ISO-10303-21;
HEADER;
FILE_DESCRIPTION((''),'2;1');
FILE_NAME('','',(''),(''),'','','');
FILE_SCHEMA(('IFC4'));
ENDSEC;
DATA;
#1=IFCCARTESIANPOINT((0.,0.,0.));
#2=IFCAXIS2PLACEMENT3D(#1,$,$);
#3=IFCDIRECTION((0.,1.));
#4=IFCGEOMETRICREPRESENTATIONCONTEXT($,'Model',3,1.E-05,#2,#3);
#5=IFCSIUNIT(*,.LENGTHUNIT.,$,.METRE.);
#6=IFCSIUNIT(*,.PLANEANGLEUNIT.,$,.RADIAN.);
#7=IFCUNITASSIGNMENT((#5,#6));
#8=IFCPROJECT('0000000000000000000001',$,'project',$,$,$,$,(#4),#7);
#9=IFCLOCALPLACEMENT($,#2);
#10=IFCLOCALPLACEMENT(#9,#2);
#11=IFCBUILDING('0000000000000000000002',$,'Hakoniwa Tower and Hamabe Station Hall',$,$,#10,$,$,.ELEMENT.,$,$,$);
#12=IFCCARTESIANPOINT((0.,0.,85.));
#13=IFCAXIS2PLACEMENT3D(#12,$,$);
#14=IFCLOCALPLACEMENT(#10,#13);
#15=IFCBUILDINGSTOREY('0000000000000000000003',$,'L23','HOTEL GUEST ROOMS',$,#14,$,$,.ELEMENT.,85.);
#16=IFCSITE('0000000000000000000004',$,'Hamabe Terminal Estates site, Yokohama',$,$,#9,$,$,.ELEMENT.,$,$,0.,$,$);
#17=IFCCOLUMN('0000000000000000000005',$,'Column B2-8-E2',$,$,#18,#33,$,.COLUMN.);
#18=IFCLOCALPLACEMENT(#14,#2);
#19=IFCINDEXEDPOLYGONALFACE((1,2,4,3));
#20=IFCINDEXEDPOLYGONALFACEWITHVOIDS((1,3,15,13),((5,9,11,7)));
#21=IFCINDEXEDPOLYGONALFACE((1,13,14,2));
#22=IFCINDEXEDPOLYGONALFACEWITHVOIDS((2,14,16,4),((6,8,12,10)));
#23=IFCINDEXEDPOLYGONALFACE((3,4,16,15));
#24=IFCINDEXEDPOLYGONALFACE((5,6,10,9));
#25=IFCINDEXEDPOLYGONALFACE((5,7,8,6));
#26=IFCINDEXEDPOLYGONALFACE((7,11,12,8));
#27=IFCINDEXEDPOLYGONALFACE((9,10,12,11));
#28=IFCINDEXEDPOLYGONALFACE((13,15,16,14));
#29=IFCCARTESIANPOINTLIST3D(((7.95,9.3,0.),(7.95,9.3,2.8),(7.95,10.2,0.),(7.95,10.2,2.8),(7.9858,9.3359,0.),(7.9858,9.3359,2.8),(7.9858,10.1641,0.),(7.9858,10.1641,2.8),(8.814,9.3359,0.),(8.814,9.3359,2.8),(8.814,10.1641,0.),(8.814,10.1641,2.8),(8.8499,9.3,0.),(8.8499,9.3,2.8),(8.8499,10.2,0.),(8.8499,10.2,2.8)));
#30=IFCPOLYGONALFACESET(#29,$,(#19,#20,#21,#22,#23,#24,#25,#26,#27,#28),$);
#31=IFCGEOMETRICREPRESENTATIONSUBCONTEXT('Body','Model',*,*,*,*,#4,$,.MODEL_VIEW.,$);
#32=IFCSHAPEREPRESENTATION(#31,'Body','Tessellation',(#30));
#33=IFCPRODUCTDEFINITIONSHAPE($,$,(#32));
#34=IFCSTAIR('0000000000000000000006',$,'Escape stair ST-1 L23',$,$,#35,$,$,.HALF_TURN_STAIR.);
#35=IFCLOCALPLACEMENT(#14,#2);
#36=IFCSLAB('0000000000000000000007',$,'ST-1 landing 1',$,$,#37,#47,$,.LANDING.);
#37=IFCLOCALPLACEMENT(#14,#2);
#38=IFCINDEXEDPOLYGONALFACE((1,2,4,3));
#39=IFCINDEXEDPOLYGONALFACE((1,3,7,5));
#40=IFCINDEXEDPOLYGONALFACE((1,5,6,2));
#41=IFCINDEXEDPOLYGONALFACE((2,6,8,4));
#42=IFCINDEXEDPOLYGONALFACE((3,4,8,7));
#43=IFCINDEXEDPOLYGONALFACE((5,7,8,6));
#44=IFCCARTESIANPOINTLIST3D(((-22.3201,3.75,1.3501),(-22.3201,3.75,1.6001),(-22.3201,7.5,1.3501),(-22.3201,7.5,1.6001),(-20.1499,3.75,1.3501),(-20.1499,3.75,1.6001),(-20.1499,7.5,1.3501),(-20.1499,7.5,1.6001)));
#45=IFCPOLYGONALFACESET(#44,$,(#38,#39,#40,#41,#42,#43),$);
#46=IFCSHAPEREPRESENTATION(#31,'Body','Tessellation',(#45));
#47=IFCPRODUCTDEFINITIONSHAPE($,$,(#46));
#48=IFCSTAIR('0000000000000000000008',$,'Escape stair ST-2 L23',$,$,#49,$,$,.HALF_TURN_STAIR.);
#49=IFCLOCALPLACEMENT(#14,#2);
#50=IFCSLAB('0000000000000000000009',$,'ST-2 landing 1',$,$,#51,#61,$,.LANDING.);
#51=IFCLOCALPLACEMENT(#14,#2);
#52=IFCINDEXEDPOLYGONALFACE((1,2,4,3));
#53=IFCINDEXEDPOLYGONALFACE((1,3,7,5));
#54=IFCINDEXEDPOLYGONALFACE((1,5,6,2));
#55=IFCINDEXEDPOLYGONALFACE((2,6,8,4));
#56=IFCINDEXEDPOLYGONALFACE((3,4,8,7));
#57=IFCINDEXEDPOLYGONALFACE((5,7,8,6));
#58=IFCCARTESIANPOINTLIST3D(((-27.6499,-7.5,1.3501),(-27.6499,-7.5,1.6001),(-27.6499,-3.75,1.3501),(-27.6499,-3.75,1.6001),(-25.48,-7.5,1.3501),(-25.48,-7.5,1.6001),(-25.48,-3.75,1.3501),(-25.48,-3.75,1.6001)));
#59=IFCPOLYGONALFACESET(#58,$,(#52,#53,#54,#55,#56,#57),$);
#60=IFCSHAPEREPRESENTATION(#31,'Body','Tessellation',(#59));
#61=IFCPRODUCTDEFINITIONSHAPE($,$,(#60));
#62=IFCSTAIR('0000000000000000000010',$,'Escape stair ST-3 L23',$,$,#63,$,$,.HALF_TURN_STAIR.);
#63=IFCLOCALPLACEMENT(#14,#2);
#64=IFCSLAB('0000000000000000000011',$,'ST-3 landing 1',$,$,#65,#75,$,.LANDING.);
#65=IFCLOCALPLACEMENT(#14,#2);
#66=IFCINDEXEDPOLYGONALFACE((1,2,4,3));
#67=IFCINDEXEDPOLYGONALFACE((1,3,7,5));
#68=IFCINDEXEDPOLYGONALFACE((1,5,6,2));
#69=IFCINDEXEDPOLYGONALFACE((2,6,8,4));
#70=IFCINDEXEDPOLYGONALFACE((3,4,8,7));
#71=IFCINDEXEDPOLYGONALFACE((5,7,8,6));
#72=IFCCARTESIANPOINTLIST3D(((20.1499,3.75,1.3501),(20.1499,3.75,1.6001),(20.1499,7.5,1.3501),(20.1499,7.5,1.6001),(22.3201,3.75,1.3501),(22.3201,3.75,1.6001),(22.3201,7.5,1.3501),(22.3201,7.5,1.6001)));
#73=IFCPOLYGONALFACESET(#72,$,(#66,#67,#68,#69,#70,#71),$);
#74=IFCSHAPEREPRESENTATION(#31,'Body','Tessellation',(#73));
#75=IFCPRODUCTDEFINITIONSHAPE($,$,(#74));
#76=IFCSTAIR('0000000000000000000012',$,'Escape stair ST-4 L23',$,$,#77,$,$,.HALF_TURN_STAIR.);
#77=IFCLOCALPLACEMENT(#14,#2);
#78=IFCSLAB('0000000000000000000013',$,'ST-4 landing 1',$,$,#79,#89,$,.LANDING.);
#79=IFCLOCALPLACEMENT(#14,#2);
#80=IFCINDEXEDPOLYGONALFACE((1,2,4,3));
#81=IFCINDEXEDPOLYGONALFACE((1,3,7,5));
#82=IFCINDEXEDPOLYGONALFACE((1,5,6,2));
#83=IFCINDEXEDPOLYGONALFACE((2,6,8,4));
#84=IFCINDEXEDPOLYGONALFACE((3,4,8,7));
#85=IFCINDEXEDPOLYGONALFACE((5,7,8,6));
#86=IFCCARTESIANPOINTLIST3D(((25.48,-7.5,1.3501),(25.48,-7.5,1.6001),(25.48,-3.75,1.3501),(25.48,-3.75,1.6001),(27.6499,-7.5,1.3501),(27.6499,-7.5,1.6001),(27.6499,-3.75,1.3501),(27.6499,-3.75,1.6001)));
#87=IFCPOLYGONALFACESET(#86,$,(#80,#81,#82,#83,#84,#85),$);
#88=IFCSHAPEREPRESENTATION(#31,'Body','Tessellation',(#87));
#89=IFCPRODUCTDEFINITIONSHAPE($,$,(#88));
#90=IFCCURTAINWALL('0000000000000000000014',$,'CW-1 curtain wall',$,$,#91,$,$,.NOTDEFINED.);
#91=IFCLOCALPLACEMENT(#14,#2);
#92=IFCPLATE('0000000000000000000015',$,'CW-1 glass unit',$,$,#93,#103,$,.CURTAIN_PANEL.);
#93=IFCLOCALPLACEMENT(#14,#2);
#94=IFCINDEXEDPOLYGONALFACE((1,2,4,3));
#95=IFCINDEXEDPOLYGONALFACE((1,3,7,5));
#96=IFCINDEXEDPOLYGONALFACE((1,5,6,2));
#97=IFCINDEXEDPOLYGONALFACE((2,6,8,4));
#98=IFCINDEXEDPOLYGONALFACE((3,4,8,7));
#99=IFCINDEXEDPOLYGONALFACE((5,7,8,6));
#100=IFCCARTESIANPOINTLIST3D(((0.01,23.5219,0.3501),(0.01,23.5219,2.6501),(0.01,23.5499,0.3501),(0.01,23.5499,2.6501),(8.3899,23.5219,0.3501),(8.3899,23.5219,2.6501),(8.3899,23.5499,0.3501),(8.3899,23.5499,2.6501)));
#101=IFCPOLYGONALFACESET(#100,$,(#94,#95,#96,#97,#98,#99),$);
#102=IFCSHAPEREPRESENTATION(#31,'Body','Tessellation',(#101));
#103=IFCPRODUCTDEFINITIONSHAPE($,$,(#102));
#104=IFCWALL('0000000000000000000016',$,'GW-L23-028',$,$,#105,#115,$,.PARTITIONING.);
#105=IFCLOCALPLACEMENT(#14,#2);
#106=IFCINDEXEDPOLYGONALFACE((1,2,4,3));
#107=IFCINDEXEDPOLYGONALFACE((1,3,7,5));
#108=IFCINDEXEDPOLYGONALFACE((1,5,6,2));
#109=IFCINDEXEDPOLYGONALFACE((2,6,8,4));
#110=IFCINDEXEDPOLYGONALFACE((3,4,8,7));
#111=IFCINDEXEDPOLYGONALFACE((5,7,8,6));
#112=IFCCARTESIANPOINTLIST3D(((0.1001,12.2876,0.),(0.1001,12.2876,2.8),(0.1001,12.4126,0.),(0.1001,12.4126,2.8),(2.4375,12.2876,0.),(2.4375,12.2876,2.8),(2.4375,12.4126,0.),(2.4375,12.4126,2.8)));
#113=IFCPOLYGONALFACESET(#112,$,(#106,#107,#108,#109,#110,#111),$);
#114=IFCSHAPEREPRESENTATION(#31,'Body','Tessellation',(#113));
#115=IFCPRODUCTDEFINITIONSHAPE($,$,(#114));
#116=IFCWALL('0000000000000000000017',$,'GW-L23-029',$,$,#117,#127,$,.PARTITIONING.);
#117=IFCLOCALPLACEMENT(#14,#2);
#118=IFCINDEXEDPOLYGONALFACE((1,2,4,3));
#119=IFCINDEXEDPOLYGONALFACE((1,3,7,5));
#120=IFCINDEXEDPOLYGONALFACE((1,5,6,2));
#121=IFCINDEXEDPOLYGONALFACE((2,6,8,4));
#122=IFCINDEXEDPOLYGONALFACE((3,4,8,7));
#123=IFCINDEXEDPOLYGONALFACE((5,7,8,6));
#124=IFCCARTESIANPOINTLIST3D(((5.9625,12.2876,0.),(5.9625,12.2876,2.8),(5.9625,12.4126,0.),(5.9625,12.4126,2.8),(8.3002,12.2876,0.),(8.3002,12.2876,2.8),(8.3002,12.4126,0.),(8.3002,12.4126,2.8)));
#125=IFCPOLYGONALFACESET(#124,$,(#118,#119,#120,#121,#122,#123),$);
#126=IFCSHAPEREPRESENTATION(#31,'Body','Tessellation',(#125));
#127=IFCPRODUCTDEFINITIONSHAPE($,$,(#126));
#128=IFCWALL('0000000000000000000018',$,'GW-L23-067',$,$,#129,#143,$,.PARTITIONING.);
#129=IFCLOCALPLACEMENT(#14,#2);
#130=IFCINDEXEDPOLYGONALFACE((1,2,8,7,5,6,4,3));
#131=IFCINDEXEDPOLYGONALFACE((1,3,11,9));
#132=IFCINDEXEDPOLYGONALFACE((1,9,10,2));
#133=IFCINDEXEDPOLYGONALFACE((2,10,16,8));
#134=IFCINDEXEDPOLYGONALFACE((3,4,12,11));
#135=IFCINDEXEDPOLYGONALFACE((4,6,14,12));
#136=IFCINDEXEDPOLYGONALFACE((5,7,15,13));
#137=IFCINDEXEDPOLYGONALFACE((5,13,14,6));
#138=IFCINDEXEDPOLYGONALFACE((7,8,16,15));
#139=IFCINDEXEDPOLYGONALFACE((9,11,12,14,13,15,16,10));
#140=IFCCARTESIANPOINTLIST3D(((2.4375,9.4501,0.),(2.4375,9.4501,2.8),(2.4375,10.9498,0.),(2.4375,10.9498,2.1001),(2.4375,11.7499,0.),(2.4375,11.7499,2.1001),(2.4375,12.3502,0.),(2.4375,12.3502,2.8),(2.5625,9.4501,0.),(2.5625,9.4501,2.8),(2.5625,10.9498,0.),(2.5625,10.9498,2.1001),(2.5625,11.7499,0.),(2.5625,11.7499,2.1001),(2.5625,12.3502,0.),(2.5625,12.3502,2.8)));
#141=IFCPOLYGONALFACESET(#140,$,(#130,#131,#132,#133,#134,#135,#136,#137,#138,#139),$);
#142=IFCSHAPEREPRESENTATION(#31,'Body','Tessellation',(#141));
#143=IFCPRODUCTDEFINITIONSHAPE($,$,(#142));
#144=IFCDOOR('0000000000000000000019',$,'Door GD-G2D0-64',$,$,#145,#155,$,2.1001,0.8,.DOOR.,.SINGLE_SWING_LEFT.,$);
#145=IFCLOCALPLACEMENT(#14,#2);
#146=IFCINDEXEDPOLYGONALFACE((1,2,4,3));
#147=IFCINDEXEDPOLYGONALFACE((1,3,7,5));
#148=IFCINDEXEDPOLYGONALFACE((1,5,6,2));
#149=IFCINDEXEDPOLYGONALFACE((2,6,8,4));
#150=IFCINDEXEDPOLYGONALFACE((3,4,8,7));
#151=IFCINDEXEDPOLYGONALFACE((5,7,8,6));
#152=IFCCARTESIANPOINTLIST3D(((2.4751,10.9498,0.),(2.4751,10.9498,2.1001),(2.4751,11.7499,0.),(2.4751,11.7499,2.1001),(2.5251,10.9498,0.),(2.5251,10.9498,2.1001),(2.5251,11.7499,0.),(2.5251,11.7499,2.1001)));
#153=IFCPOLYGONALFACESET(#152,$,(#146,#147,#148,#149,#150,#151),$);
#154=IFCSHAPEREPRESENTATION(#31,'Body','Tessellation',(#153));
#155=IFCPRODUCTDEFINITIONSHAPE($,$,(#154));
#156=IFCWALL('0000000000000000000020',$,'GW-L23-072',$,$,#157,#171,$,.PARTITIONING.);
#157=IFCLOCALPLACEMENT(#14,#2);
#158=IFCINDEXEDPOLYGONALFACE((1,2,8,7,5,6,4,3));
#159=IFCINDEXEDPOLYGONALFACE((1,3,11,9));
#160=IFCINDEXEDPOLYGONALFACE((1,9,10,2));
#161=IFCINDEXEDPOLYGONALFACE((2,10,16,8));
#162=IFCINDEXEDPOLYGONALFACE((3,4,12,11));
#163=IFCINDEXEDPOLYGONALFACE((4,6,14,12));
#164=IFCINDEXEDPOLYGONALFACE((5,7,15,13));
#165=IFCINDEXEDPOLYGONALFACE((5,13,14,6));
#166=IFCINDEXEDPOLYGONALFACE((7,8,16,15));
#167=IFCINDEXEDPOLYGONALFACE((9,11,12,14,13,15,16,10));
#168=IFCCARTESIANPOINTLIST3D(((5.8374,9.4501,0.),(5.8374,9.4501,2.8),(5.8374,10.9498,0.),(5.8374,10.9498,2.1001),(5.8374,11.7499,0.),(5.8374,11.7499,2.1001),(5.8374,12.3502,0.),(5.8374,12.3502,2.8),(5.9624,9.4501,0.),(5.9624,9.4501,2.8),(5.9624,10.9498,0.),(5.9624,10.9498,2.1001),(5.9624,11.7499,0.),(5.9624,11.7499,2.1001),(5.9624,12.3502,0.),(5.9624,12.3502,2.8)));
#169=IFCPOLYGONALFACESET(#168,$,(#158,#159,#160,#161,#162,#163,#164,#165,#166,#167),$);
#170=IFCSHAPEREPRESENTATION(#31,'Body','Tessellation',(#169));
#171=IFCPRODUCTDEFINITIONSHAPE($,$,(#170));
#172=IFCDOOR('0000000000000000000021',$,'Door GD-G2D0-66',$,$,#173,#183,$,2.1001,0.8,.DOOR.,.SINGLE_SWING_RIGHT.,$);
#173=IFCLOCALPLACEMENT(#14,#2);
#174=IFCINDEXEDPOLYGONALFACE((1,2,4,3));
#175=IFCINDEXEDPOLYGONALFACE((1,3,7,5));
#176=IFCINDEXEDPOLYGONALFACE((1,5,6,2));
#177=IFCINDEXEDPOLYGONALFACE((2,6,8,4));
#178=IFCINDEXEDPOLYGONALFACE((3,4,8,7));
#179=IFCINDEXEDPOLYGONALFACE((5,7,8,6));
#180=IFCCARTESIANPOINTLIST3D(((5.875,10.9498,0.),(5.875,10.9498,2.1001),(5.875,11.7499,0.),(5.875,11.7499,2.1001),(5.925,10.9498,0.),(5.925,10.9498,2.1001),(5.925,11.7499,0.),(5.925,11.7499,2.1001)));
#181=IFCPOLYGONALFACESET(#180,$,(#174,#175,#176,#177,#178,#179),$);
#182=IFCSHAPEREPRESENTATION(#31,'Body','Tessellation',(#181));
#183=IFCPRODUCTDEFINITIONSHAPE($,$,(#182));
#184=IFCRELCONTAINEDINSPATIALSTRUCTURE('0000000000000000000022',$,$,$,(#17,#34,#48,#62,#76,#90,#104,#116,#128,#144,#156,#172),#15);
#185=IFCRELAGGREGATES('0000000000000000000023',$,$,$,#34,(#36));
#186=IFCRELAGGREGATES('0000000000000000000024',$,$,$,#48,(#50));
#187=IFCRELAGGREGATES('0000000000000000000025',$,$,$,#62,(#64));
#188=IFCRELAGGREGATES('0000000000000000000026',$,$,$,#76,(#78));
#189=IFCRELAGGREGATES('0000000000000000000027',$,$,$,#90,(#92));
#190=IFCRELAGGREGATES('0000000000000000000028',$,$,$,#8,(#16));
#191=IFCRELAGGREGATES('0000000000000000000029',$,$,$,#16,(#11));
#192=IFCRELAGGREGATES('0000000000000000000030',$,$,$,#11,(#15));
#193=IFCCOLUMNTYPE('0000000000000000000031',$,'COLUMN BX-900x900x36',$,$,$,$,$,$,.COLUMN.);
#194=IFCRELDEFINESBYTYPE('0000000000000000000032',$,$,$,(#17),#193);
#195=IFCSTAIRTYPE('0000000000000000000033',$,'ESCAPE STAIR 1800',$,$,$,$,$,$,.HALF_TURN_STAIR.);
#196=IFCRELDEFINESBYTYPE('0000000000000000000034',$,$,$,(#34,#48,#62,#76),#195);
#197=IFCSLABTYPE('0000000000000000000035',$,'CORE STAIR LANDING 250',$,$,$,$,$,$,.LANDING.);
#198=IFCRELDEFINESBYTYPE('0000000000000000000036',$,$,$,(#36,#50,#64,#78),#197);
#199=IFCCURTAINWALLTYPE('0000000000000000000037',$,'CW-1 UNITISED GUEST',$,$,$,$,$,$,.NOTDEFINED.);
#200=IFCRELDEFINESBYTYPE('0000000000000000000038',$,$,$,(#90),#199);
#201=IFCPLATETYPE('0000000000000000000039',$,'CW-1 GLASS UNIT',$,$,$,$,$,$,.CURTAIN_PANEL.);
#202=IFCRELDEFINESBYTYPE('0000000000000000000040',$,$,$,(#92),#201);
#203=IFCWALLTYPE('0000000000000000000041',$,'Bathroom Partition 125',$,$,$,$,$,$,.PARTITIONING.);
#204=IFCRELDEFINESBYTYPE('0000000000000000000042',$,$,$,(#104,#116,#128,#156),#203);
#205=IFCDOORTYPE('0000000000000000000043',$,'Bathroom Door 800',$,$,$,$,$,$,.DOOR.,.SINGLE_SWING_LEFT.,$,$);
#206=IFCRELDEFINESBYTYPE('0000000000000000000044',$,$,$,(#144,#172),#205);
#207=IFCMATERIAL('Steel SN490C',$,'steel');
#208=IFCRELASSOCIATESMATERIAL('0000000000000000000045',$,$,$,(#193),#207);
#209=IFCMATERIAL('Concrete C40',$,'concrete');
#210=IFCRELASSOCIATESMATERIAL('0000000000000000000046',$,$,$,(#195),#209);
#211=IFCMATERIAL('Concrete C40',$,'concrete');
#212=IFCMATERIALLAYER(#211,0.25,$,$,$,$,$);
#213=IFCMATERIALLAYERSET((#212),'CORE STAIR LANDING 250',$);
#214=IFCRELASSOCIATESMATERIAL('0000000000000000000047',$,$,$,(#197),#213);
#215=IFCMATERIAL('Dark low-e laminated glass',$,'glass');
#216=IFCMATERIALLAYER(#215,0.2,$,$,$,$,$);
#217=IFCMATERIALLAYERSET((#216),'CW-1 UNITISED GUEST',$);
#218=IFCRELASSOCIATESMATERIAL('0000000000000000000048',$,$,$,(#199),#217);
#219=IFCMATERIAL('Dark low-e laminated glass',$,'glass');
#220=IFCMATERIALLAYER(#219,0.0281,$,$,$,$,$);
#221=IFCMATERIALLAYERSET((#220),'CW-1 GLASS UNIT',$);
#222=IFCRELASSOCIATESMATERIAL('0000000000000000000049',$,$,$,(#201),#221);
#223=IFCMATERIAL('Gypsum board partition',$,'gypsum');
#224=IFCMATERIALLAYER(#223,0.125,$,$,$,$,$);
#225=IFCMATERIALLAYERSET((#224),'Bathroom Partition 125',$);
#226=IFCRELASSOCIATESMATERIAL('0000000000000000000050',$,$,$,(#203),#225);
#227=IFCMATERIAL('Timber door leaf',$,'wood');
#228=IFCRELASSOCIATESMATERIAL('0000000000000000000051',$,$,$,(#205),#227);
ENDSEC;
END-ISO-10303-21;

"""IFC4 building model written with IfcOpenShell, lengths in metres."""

from ifc_helpers import new_model, si_unit, direction, frame, frame_2d, origin, origin_2d, place, context, subcontext, project, spatial, polyline, rectangle, hollow_rectangle, outline, extrude, material, layer, layer_set, material_profile, profile_set, type_object, element, fill, aggregate, save


model = new_model("IFC4")

# Units and contexts
model_context = context("Model", 3, precision=1e-05, world=origin(), true_north=direction((0.0, 1.0)))
body_context = subcontext(model_context, "Body", "Model", "MODEL_VIEW")
ifc_project = project(units=[si_unit("LENGTHUNIT", "METRE"), si_unit("PLANEANGLEUNIT", "RADIAN")], contexts=[model_context])

# Site, building, storey
site_placement = place(None, origin())
site = spatial("IfcSite", under=ifc_project, at=site_placement, Name="Hamabe Terminal Estates site, Yokohama", CompositionType="ELEMENT", RefElevation=0.0)
building_placement = place(site_placement, origin())
building = spatial("IfcBuilding", under=site, at=building_placement, Name="Hakoniwa Tower and Hamabe Station Hall", CompositionType="ELEMENT")
storey_placement = place(building_placement, frame((0.0, 0.0, 85.0)))
storey = spatial("IfcBuildingStorey", under=building, at=storey_placement, Name="L23", Description="HOTEL GUEST ROOMS", CompositionType="ELEMENT", Elevation=85.0)

# Column
ifc_material_1 = material(Name="Steel SN490C", Category="steel")
ifc_material_profile = material_profile(ifc_material_1, hollow_rectangle(XDim=0.8999, YDim=0.8999, WallThickness=0.0359, at=origin_2d()), Name="BX-900x900x36")
ifc_profile_set = profile_set([ifc_material_profile], Name="Steel SN490C")
column_type = type_object("IfcColumnType", Name="COLUMN BX-900x900x36", PredefinedType="COLUMN", material=ifc_profile_set)
column_placement = place(storey_placement, frame((8.3999, 9.75, 0.0), z_axis=(0.0, 0.0, 1.0), x_axis=(1.0, 0.0, 0.0)))
element("IfcColumn", 1, at=column_placement, inside=storey, type_object=column_type, Name="Column B2-8-E2", PredefinedType="COLUMN", context=body_context, shape_type="SweptSolid", body=[
    extrude(hollow_rectangle(XDim=0.8999, YDim=0.8999, WallThickness=0.0359, at=origin_2d()), origin(), (0.0, 0.0, 1.0), 2.8),
])

# Stairs, slabs
ifc_material_2 = material(Name="Concrete C40", Category="concrete")
stair_type = type_object("IfcStairType", Name="ESCAPE STAIR 1800", PredefinedType="HALF_TURN_STAIR", material=ifc_material_2)
stair_1_placement = place(storey_placement, origin())
stair_1 = element("IfcStair", 2, at=stair_1_placement, inside=storey, type_object=stair_type, Name="Escape stair ST-1 L23", PredefinedType="HALF_TURN_STAIR")
ifc_material_3 = material(Name="Concrete C40", Category="concrete")
ifc_layer_1 = layer(ifc_material_3, 0.25)
ifc_layer_set_1 = layer_set([ifc_layer_1], Name="CORE STAIR LANDING 250")
slab_type = type_object("IfcSlabType", Name="CORE STAIR LANDING 250", PredefinedType="LANDING", material=ifc_layer_set_1)
slab_1_placement = place(storey_placement, frame((0.0, 0.0, 1.3501)))
slab_1 = element("IfcSlab", 3, at=slab_1_placement, type_object=slab_type, Name="ST-1 landing 1", PredefinedType="LANDING", context=body_context, shape_type="SweptSolid", body=[
    extrude(outline(polyline([(-22.3201, 3.75), (-20.1499, 3.75), (-20.1499, 7.5), (-22.3201, 7.5), (-22.3201, 3.75)])), origin(), (0.0, 0.0, 1.0), 0.25),
])
aggregate(stair_1, [slab_1])
stair_2_placement = place(storey_placement, origin())
stair_2 = element("IfcStair", 4, at=stair_2_placement, inside=storey, type_object=stair_type, Name="Escape stair ST-2 L23", PredefinedType="HALF_TURN_STAIR")
slab_2_placement = place(storey_placement, frame((0.0, 0.0, 1.3501)))
slab_2 = element("IfcSlab", 5, at=slab_2_placement, type_object=slab_type, Name="ST-2 landing 1", PredefinedType="LANDING", context=body_context, shape_type="SweptSolid", body=[
    extrude(outline(polyline([(-25.48, -7.5), (-27.6499, -7.5), (-27.6499, -3.75), (-25.48, -3.75), (-25.48, -7.5)])), origin(), (0.0, 0.0, 1.0), 0.25),
])
aggregate(stair_2, [slab_2])
stair_3_placement = place(storey_placement, origin())
stair_3 = element("IfcStair", 6, at=stair_3_placement, inside=storey, type_object=stair_type, Name="Escape stair ST-3 L23", PredefinedType="HALF_TURN_STAIR")
slab_3_placement = place(storey_placement, frame((0.0, 0.0, 1.3501)))
slab_3 = element("IfcSlab", 7, at=slab_3_placement, type_object=slab_type, Name="ST-3 landing 1", PredefinedType="LANDING", context=body_context, shape_type="SweptSolid", body=[
    extrude(outline(polyline([(22.3201, 3.75), (20.1499, 3.75), (20.1499, 7.5), (22.3201, 7.5), (22.3201, 3.75)])), origin(), (0.0, 0.0, 1.0), 0.25),
])
aggregate(stair_3, [slab_3])
stair_4_placement = place(storey_placement, origin())
stair_4 = element("IfcStair", 8, at=stair_4_placement, inside=storey, type_object=stair_type, Name="Escape stair ST-4 L23", PredefinedType="HALF_TURN_STAIR")
slab_4_placement = place(storey_placement, frame((0.0, 0.0, 1.3501)))
slab_4 = element("IfcSlab", 9, at=slab_4_placement, type_object=slab_type, Name="ST-4 landing 1", PredefinedType="LANDING", context=body_context, shape_type="SweptSolid", body=[
    extrude(outline(polyline([(25.48, -7.5), (27.6499, -7.5), (27.6499, -3.75), (25.48, -3.75), (25.48, -7.5)])), origin(), (0.0, 0.0, 1.0), 0.25),
])
aggregate(stair_4, [slab_4])

# Curtain wall, plate
ifc_material_4 = material(Name="Dark low-e laminated glass", Category="glass")
ifc_layer_2 = layer(ifc_material_4, 0.2)
ifc_layer_set_2 = layer_set([ifc_layer_2], Name="CW-1 UNITISED GUEST")
curtain_wall_type = type_object("IfcCurtainWallType", Name="CW-1 UNITISED GUEST", PredefinedType="NOTDEFINED", material=ifc_layer_set_2)
curtain_wall_placement = place(storey_placement, origin())
curtain_wall = element("IfcCurtainWall", 10, at=curtain_wall_placement, inside=storey, type_object=curtain_wall_type, Name="CW-1 curtain wall", PredefinedType="NOTDEFINED")
ifc_material_5 = material(Name="Dark low-e laminated glass", Category="glass")
ifc_layer_3 = layer(ifc_material_5, 0.0281)
ifc_layer_set_3 = layer_set([ifc_layer_3], Name="CW-1 GLASS UNIT")
plate_type = type_object("IfcPlateType", Name="CW-1 GLASS UNIT", PredefinedType="CURTAIN_PANEL", material=ifc_layer_set_3)
plate_placement = place(storey_placement, frame((4.2, 23.5359, 0.3501), z_axis=(0.0, 0.0, 1.0), x_axis=(-1.0, 0.0, 0.0)))
plate = element("IfcPlate", 11, at=plate_placement, type_object=plate_type, Name="CW-1 glass unit", PredefinedType="CURTAIN_PANEL", context=body_context, shape_type="SweptSolid", body=[
    extrude(rectangle(XDim=8.3799, YDim=0.0281, at=origin_2d()), origin(), (0.0, 0.0, 1.0), 2.3),
])
aggregate(curtain_wall, [plate])

# Walls
ifc_material_6 = material(Name="Gypsum board partition", Category="gypsum")
ifc_layer_4 = layer(ifc_material_6, 0.125)
ifc_layer_set_4 = layer_set([ifc_layer_4], Name="Bathroom Partition 125")
wall_type_1 = type_object("IfcWallType", Name="Bathroom Partition 125", PredefinedType="PARTITIONING", material=ifc_layer_set_4)
wall_1_placement = place(storey_placement, frame((0.1001, 12.3501, 0.0), z_axis=(0.0, 0.0, 1.0), x_axis=(1.0, 0.0, 0.0)))
element("IfcWall", 12, at=wall_1_placement, inside=storey, type_object=wall_type_1, Name="GW-L23-028", PredefinedType="PARTITIONING", context=body_context, shape_type="SweptSolid", body=[
    extrude(rectangle(XDim=2.3374, YDim=0.125, at=frame_2d((1.1687, 0.0))), origin(), (0.0, 0.0, 1.0), 2.8),
])
wall_2_placement = place(storey_placement, frame((5.9624, 12.3501, 0.0), z_axis=(0.0, 0.0, 1.0), x_axis=(1.0, 0.0, 0.0)))
element("IfcWall", 13, at=wall_2_placement, inside=storey, type_object=wall_type_1, Name="GW-L23-029", PredefinedType="PARTITIONING", context=body_context, shape_type="SweptSolid", body=[
    extrude(rectangle(XDim=2.3376, YDim=0.125, at=frame_2d((1.1689, 0.0))), origin(), (0.0, 0.0, 1.0), 2.8),
])

# Walls, openings, doors
wall_3_placement = place(storey_placement, frame((2.5, 9.45, 0.0), z_axis=(0.0, 0.0, 1.0), x_axis=(0.0, 1.0, 0.0)))
wall_3 = element("IfcWall", 14, at=wall_3_placement, inside=storey, type_object=wall_type_1, Name="GW-L23-067", PredefinedType="PARTITIONING", context=body_context, shape_type="SweptSolid", body=[
    extrude(rectangle(XDim=2.9001, YDim=0.125, at=frame_2d((1.4502, 0.0))), origin(), (0.0, 0.0, 1.0), 2.8),
])
opening_1_placement = place(wall_3_placement, frame((1.5, 0.0, 0.0)))
opening_1 = element("IfcOpeningElement", 15, at=opening_1_placement, cuts=wall_3, PredefinedType="OPENING", context=body_context, shape_type="SweptSolid", body=[
    extrude(rectangle(XDim=0.8, YDim=2.1001, at=frame_2d((0.3999, 1.05))), frame((0.0, 0.0725, 0.0), z_axis=(0.0, -1.0, 0.0), x_axis=(1.0, 0.0, 0.0)), (0.0, 0.0, 1.0), 0.145),
])
ifc_material_7 = material(Name="Timber door leaf", Category="wood")
door_type = type_object("IfcDoorType", Name="Bathroom Door 800", OperationType="SINGLE_SWING_LEFT", PredefinedType="DOOR", material=ifc_material_7)
door_1_placement = place(opening_1_placement, origin())
door_1 = element("IfcDoor", 16, at=door_1_placement, inside=storey, type_object=door_type, Name="Door GD-G2D0-64", OperationType="SINGLE_SWING_LEFT", OverallHeight=2.1001, OverallWidth=0.8, PredefinedType="DOOR", context=body_context, shape_type="SweptSolid", body=[
    extrude(rectangle(XDim=0.8, YDim=2.1001, at=frame_2d((0.3999, 1.05))), frame((0.0, 0.0249, 0.0), z_axis=(0.0, -1.0, 0.0), x_axis=(1.0, 0.0, 0.0)), (0.0, 0.0, 1.0), 0.05),
])
fill(opening_1, door_1)
wall_4_placement = place(storey_placement, frame((5.8999, 9.45, 0.0), z_axis=(0.0, 0.0, 1.0), x_axis=(0.0, 1.0, 0.0)))
wall_4 = element("IfcWall", 17, at=wall_4_placement, inside=storey, type_object=wall_type_1, Name="GW-L23-072", PredefinedType="PARTITIONING", context=body_context, shape_type="SweptSolid", body=[
    extrude(rectangle(XDim=2.9001, YDim=0.125, at=frame_2d((1.4502, 0.0))), origin(), (0.0, 0.0, 1.0), 2.8),
])
opening_2_placement = place(wall_4_placement, frame((1.5, 0.0, 0.0)))
opening_2 = element("IfcOpeningElement", 18, at=opening_2_placement, cuts=wall_4, PredefinedType="OPENING", context=body_context, shape_type="SweptSolid", body=[
    extrude(rectangle(XDim=0.8, YDim=2.1001, at=frame_2d((0.3999, 1.05))), frame((0.0, 0.0725, 0.0), z_axis=(0.0, -1.0, 0.0), x_axis=(1.0, 0.0, 0.0)), (0.0, 0.0, 1.0), 0.145),
])
door_2_placement = place(opening_2_placement, origin())
door_2 = element("IfcDoor", 19, at=door_2_placement, inside=storey, type_object=door_type, Name="Door GD-G2D0-66", OperationType="SINGLE_SWING_RIGHT", OverallHeight=2.1001, OverallWidth=0.8, PredefinedType="DOOR", context=body_context, shape_type="SweptSolid", body=[
    extrude(rectangle(XDim=0.8, YDim=2.1001, at=frame_2d((0.3999, 1.05))), frame((0.0, 0.0249, 0.0), z_axis=(0.0, -1.0, 0.0), x_axis=(1.0, 0.0, 0.0)), (0.0, 0.0, 1.0), 0.05),
])
fill(opening_2, door_2)

save(model, "model.ifc")
